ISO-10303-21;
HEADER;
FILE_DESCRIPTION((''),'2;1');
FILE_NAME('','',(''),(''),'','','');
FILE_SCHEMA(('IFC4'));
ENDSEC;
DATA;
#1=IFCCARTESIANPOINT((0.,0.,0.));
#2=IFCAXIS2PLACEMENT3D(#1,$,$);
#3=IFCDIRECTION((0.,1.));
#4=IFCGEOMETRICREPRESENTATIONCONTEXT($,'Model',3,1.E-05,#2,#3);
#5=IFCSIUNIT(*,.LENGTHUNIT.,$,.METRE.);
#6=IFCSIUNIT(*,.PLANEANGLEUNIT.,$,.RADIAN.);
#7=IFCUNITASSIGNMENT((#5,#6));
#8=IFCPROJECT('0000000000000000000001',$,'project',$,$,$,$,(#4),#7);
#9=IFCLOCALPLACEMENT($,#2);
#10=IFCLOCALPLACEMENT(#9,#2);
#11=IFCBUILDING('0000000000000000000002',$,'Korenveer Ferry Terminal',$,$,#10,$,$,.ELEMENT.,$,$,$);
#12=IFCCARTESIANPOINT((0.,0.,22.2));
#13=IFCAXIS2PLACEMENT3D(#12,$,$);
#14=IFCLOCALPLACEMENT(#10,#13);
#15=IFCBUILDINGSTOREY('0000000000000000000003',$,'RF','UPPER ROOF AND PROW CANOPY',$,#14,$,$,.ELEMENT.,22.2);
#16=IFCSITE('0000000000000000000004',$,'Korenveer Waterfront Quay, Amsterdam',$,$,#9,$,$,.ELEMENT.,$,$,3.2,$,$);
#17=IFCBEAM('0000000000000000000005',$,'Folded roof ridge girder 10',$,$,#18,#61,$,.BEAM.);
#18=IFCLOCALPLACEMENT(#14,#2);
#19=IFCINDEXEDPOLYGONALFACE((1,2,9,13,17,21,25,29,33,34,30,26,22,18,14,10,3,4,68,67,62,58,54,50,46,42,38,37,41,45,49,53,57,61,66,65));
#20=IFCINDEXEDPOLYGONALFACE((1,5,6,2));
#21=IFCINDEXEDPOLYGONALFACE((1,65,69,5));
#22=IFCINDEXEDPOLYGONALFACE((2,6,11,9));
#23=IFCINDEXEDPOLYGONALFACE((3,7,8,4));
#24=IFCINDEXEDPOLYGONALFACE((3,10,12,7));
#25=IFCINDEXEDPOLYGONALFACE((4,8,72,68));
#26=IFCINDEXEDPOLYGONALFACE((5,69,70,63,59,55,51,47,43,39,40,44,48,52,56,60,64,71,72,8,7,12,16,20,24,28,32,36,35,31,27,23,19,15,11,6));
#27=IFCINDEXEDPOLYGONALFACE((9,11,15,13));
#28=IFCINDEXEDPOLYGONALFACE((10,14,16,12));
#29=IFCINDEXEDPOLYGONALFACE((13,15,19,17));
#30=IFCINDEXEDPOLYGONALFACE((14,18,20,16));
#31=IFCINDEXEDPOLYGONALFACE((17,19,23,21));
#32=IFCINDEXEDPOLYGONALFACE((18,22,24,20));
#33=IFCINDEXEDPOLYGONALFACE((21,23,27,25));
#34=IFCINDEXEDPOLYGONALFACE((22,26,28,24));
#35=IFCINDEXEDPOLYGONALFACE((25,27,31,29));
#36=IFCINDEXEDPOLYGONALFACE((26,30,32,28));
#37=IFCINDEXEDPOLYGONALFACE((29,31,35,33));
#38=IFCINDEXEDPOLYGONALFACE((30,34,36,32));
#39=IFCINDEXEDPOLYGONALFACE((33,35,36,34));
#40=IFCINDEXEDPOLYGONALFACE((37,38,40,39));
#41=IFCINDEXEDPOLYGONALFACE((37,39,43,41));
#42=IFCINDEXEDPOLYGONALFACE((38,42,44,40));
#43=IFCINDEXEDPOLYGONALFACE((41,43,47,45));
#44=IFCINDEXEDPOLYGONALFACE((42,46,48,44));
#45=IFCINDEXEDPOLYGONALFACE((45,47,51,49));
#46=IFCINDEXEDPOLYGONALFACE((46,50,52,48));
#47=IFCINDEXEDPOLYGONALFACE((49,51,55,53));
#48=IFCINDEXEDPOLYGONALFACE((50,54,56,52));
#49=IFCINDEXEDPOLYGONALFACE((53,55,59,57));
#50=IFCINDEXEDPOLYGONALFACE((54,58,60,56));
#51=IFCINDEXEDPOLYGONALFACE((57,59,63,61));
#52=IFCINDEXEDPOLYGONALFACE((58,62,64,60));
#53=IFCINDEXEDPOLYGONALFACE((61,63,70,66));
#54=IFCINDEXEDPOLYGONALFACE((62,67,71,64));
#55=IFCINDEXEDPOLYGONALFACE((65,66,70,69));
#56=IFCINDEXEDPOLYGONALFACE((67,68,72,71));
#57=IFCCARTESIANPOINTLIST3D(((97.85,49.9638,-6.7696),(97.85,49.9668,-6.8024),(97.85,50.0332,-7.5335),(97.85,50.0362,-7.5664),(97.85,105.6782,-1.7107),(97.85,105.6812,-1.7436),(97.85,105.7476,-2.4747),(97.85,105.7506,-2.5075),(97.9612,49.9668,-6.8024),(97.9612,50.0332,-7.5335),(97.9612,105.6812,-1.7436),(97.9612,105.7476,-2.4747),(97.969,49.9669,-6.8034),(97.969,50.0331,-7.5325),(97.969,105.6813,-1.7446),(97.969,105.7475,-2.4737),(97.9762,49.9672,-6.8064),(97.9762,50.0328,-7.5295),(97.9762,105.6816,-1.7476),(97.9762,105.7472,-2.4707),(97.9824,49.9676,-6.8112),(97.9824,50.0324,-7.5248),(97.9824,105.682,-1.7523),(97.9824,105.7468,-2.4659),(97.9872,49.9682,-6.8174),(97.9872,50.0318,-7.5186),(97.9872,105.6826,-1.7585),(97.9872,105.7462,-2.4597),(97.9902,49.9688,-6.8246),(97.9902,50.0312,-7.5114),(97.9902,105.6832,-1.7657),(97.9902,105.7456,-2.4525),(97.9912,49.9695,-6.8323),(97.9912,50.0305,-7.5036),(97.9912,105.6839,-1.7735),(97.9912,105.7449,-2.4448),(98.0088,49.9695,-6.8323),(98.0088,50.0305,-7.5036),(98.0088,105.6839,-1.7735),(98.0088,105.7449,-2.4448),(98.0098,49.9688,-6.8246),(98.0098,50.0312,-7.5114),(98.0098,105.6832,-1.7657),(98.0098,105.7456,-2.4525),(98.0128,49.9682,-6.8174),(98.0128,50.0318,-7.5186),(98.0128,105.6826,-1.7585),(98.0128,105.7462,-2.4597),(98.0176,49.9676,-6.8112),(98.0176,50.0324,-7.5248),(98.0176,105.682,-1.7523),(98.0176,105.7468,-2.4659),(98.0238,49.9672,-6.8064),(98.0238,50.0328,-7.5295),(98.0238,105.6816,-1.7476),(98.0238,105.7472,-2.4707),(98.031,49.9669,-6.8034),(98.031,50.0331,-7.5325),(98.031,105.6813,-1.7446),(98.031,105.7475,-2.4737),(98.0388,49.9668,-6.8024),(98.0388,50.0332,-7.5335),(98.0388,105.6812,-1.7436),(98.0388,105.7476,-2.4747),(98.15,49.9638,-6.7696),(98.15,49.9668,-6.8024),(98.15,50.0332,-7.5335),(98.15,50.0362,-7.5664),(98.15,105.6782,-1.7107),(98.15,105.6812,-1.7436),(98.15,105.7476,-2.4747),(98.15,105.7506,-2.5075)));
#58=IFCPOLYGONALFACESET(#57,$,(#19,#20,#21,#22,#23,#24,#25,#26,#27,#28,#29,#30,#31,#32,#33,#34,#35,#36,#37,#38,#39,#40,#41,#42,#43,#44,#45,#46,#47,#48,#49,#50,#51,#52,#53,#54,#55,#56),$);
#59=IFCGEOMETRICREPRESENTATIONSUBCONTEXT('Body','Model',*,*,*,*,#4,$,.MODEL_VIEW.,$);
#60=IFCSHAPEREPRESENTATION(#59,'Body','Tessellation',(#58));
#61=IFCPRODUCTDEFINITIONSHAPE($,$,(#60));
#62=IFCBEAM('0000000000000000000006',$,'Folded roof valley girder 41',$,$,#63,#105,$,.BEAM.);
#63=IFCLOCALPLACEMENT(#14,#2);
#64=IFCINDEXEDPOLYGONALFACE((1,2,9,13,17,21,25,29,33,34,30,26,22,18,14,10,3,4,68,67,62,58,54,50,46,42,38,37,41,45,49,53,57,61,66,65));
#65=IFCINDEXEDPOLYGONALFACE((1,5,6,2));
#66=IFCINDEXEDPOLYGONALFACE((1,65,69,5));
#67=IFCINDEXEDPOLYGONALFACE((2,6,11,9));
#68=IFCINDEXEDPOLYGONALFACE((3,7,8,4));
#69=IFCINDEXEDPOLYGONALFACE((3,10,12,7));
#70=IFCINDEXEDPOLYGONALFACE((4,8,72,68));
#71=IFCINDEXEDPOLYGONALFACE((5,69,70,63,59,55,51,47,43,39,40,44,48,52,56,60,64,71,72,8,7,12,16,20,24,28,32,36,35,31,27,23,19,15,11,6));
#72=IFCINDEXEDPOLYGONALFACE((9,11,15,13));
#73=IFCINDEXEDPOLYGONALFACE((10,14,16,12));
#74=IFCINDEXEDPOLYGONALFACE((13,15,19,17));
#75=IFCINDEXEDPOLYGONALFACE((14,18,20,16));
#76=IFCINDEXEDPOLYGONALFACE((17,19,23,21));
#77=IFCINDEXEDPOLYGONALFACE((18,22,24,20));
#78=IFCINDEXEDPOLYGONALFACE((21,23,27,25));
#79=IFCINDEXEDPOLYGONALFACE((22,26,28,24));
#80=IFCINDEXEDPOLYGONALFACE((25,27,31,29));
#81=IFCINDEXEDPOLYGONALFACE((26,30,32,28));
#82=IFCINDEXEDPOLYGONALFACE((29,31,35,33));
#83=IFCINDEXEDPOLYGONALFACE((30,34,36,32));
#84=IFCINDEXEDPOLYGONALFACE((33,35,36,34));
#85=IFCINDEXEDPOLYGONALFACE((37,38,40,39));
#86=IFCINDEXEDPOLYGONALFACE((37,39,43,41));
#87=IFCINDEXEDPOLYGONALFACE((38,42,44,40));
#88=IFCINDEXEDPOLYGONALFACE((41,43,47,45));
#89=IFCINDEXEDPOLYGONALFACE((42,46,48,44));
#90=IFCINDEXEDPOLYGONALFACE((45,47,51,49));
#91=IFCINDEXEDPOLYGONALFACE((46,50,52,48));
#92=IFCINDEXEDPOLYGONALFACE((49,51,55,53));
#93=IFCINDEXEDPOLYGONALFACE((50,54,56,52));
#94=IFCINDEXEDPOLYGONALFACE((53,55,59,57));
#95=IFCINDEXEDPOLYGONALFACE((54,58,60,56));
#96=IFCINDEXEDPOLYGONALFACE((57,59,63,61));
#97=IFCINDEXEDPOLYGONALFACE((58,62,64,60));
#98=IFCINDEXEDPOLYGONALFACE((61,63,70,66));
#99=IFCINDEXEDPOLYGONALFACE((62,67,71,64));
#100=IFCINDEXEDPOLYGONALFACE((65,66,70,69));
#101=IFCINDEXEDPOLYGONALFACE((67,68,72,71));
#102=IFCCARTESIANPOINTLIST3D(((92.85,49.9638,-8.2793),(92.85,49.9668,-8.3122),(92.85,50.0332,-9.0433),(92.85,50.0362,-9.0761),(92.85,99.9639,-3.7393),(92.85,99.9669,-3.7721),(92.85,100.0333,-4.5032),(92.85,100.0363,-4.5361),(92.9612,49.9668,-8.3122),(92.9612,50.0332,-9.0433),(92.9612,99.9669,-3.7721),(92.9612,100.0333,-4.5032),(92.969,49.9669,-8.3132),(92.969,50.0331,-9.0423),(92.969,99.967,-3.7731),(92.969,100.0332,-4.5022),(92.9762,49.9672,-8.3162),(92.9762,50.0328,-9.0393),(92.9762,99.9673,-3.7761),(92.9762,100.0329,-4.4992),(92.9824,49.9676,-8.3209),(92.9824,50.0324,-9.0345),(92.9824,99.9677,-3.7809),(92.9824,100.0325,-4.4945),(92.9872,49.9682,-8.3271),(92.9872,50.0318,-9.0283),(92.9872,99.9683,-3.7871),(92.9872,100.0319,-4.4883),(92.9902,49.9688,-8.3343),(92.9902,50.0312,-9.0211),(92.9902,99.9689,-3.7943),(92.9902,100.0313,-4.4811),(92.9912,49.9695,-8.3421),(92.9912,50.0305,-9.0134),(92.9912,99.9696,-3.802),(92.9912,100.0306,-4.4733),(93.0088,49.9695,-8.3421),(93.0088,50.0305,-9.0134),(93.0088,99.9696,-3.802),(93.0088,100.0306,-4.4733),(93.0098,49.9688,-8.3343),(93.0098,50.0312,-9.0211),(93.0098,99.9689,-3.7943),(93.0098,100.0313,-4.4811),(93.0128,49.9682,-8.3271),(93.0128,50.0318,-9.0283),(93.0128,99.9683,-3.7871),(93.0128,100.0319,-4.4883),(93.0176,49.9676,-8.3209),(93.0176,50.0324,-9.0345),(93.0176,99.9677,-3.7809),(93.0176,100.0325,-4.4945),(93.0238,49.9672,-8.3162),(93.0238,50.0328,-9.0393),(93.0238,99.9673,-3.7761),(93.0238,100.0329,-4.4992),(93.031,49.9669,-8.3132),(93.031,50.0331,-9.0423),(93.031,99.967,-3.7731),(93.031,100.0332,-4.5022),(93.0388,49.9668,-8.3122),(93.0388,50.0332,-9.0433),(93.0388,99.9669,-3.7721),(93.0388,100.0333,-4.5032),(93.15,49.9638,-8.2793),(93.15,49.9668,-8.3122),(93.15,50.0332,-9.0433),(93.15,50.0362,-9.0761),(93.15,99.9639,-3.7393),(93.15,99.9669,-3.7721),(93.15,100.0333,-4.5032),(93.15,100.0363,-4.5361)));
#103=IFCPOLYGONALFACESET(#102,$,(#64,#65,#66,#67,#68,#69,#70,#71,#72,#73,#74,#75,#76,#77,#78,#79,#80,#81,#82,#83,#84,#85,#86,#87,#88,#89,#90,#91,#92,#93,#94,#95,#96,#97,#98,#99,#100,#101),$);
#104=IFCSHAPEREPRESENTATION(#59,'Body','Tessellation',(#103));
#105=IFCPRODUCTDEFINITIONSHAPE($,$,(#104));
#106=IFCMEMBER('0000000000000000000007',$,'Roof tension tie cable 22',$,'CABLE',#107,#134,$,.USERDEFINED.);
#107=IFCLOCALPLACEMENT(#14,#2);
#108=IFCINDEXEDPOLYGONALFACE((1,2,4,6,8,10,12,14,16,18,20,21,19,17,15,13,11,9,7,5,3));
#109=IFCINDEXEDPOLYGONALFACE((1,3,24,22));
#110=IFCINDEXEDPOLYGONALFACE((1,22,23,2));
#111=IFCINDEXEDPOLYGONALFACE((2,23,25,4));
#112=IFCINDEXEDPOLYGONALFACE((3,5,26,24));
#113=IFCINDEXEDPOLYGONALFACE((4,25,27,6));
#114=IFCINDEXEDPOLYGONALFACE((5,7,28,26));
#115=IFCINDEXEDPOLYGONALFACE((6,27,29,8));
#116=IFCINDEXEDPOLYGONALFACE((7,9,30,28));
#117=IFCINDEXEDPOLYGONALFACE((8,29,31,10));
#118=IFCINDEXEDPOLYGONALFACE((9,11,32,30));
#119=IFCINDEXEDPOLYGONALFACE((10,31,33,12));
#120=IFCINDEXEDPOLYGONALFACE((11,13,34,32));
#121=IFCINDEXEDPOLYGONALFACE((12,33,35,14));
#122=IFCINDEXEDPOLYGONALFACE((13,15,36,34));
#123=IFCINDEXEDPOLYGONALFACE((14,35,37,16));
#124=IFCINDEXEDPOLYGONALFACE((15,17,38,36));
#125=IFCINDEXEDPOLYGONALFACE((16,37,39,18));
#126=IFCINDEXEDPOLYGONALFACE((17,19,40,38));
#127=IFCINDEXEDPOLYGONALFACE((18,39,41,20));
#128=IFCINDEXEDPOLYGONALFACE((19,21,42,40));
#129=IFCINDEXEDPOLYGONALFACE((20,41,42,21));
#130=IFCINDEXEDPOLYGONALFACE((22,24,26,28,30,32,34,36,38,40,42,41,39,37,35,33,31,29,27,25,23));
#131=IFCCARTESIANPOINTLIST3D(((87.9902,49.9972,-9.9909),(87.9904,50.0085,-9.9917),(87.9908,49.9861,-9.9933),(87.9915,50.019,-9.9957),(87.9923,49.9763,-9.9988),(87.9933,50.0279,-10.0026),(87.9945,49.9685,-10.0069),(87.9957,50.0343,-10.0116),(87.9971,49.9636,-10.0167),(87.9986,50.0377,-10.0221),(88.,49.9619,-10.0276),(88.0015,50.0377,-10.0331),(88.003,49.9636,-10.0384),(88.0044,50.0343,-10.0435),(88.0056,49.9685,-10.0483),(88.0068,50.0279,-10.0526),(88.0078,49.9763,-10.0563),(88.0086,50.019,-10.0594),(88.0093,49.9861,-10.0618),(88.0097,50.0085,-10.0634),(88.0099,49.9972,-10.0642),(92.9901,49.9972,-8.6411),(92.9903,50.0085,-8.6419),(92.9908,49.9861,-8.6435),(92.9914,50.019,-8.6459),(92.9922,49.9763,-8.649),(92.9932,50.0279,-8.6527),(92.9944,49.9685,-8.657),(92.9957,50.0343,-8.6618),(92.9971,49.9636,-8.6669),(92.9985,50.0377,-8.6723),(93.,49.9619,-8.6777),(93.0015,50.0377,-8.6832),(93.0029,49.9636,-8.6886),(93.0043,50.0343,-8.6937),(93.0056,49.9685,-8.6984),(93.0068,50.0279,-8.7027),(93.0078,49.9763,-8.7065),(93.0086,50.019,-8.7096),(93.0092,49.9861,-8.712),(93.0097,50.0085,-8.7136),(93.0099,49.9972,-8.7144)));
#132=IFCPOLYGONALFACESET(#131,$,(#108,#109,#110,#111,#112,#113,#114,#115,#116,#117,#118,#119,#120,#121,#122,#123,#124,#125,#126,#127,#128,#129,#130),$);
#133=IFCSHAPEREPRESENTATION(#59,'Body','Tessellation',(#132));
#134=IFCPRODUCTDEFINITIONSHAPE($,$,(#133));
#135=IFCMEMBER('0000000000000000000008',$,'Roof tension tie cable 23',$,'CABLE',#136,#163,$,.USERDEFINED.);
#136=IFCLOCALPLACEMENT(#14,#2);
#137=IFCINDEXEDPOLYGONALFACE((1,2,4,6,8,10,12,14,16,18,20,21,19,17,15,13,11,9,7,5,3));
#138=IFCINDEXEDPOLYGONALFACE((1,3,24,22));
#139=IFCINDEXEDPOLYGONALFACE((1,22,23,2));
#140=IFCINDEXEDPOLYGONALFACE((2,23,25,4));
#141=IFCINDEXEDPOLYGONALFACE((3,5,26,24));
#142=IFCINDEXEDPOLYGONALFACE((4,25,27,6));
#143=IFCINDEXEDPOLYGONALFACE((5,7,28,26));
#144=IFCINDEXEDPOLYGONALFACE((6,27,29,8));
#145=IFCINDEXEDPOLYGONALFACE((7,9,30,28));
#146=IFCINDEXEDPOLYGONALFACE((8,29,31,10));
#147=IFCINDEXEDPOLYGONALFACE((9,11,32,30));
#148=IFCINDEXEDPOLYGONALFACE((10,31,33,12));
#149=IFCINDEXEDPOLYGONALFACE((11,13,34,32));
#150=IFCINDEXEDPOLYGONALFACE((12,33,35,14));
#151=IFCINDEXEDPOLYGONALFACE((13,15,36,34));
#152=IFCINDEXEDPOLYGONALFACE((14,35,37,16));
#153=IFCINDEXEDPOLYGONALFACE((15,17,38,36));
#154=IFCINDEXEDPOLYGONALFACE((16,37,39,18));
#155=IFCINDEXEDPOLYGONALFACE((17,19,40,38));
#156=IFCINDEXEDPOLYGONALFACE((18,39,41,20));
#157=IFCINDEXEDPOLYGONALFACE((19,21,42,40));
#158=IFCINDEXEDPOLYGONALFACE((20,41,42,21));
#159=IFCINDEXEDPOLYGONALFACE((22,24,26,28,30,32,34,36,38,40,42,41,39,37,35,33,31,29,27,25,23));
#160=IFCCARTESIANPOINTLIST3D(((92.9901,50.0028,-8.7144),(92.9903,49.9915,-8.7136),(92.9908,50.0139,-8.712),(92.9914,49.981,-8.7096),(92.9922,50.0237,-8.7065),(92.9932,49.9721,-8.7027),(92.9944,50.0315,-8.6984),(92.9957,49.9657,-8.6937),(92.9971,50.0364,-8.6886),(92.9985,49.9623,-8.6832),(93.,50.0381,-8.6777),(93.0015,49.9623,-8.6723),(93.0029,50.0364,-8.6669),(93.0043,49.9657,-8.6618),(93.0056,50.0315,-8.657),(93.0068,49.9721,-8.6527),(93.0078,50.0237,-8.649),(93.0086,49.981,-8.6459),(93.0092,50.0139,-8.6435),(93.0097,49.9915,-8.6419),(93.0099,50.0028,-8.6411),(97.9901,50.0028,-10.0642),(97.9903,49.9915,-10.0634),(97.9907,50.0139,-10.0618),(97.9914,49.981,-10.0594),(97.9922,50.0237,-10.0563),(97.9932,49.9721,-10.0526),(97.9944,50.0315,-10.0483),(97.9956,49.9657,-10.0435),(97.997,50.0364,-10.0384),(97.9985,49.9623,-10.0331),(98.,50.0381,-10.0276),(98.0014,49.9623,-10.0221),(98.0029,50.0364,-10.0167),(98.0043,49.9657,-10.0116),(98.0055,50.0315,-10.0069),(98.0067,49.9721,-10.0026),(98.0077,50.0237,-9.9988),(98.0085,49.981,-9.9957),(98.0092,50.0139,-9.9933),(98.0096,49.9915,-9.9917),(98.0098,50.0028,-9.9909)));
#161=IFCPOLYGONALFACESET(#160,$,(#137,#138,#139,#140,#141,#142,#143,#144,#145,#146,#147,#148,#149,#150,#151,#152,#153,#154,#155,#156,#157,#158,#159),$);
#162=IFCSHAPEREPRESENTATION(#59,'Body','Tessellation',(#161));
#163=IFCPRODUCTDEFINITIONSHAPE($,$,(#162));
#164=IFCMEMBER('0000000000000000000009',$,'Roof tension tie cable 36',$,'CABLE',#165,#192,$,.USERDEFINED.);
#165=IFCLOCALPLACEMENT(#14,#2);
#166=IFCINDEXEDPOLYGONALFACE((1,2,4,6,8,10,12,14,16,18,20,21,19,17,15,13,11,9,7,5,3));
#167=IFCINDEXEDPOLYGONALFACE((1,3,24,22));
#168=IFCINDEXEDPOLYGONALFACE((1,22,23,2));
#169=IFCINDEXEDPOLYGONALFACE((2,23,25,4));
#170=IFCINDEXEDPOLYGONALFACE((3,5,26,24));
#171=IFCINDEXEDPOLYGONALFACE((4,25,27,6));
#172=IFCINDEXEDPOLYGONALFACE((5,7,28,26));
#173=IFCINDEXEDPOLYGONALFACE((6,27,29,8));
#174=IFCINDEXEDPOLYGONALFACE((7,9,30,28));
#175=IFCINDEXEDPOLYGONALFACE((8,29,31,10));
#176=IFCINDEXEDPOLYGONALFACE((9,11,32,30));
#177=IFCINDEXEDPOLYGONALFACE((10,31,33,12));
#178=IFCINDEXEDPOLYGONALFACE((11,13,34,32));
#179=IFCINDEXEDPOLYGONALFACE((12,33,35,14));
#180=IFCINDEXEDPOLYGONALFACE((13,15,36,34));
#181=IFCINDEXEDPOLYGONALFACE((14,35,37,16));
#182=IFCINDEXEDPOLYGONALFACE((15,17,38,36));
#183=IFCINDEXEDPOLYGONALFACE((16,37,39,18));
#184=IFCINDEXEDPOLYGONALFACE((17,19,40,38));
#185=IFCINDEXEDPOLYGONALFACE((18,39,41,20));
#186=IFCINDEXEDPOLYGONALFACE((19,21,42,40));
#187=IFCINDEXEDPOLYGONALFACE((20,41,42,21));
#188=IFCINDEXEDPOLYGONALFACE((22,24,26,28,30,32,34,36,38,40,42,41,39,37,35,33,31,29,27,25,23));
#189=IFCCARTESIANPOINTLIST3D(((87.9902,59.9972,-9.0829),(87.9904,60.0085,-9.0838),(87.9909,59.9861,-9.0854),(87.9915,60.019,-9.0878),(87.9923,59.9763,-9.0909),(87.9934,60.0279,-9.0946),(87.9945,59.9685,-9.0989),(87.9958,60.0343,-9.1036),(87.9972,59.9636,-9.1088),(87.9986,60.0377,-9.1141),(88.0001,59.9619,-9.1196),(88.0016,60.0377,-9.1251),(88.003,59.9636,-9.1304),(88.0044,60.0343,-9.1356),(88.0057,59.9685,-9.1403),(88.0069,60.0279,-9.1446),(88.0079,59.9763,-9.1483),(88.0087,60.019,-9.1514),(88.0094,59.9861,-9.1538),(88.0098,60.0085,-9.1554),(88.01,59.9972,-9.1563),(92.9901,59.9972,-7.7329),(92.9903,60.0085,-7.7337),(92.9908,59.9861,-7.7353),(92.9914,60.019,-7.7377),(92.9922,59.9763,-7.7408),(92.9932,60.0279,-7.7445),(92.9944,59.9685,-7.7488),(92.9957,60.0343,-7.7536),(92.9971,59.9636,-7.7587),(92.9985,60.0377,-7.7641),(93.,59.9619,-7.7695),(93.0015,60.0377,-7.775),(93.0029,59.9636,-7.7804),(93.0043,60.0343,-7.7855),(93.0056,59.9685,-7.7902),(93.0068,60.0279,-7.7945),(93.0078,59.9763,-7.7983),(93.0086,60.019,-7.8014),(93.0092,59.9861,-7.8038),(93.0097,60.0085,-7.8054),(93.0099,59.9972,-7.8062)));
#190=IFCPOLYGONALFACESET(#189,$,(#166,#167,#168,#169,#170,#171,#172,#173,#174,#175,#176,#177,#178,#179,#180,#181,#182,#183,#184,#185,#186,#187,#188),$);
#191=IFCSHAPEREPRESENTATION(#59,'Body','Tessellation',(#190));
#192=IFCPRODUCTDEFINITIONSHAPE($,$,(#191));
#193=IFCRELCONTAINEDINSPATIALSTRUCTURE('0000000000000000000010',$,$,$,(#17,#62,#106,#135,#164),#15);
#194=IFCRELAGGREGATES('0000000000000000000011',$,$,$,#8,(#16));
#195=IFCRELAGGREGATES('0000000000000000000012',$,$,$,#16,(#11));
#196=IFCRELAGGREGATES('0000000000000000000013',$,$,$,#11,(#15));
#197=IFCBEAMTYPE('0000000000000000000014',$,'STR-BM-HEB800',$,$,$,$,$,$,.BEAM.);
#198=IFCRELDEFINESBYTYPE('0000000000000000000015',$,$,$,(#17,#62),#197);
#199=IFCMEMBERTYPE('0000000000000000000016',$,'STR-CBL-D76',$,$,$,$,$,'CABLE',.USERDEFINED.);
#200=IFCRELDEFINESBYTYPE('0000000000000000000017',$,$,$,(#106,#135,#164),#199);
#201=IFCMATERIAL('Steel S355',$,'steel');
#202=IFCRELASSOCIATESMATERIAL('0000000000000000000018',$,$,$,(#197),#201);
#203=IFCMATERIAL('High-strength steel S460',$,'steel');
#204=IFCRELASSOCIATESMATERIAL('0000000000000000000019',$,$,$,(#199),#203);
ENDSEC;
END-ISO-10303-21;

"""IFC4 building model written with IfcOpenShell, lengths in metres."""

from ifc_helpers import new_model, si_unit, direction, frame, origin, origin_2d, place, context, subcontext, project, spatial, circle, i_section, extrude, material, material_profile, profile_set, type_object, element, save


model = new_model("IFC4")

# Units and contexts
model_context = context("Model", 3, precision=1e-05, world=origin(), true_north=direction((0.0, 1.0)))
body_context = subcontext(model_context, "Body", "Model", "MODEL_VIEW")
ifc_project = project(units=[si_unit("LENGTHUNIT", "METRE"), si_unit("PLANEANGLEUNIT", "RADIAN")], contexts=[model_context])

# Site, building, storey
site_placement = place(None, origin())
site = spatial("IfcSite", under=ifc_project, at=site_placement, Name="Korenveer Waterfront Quay, Amsterdam", CompositionType="ELEMENT", RefElevation=3.2)
building_placement = place(site_placement, origin())
building = spatial("IfcBuilding", under=site, at=building_placement, Name="Korenveer Ferry Terminal", CompositionType="ELEMENT")
storey_placement = place(building_placement, frame((0.0, 0.0, 22.2)))
storey = spatial("IfcBuildingStorey", under=building, at=storey_placement, Name="RF", Description="UPPER ROOF AND PROW CANOPY", CompositionType="ELEMENT", Elevation=22.2)

# Beams
ifc_material_1 = material(Name="Steel S355", Category="steel")
ifc_material_profile_1 = material_profile(ifc_material_1, i_section(OverallWidth=0.3, OverallDepth=0.8, WebThickness=0.0176, FlangeThickness=0.033, FilletRadius=0.03, at=origin_2d()), Name="HEB 800")
ifc_profile_set_1 = profile_set([ifc_material_profile_1], Name="Steel S355")
beam_type_1 = type_object("IfcBeamType", Name="STR-BM-HEB800", PredefinedType="BEAM", material=ifc_profile_set_1)
beam_1_placement = place(storey_placement, frame((98.0, 50.0, -7.168), z_axis=(0.0, 0.995903, 0.090428), x_axis=(-1.0, 0.0, 0.0)))
element("IfcBeam", 1, at=beam_1_placement, inside=storey, type_object=beam_type_1, Name="Folded roof ridge girder 10", PredefinedType="BEAM", context=body_context, shape_type="SweptSolid", body=[
    extrude(i_section(OverallWidth=0.3, OverallDepth=0.8, WebThickness=0.0176, FlangeThickness=0.033, FilletRadius=0.03, at=origin_2d()), origin(), (0.0, 0.0, 1.0), 55.9436),
])
beam_2_placement = place(storey_placement, frame((93.0, 50.0, -8.6777), z_axis=(0.0, 0.995903, 0.090429), x_axis=(-1.0, 0.0, 0.0)))
element("IfcBeam", 2, at=beam_2_placement, inside=storey, type_object=beam_type_1, Name="Folded roof valley girder 41", PredefinedType="BEAM", context=body_context, shape_type="SweptSolid", body=[
    extrude(i_section(OverallWidth=0.3, OverallDepth=0.8, WebThickness=0.0176, FlangeThickness=0.033, FilletRadius=0.03, at=origin_2d()), origin(), (0.0, 0.0, 1.0), 50.2058),
])

# Members
ifc_material_2 = material(Name="High-strength steel S460", Category="steel")
ifc_material_profile_2 = material_profile(ifc_material_2, circle(Radius=0.0381, at=origin_2d()), Name="ROD D76")
ifc_profile_set_2 = profile_set([ifc_material_profile_2], Name="High-strength steel S460")
member_type_1 = type_object("IfcMemberType", Name="STR-CBL-D76", ElementType="CABLE", PredefinedType="USERDEFINED", material=ifc_profile_set_2)
for number, where, z_axis, x_axis, name in (
    (3, (93.0, 50.0, -8.6777), (-0.965436, 0.0, -0.260639), (0.0, -1.0, 0.0), "Roof tension tie cable 22"),
    (4, (93.0, 50.0, -8.6777), (0.965436, 0.0, -0.260639), (0.0, 1.0, 0.0), "Roof tension tie cable 23"),
    (5, (93.0, 60.0, -7.7695), (-0.965424, 0.0, -0.260683), (0.0, -1.0, 0.0), "Roof tension tie cable 36"),
):
    element("IfcMember", number, at=place(storey_placement, frame(where, z_axis=z_axis, x_axis=x_axis)), inside=storey, type_object=member_type_1, Name=name, ObjectType="CABLE", PredefinedType="USERDEFINED", context=body_context, shape_type="SweptSolid", body=[
        extrude(circle(Radius=0.0381, at=origin_2d()), origin(), (0.0, 0.0, 1.0), 5.179),
    ])

save(model, "model.ifc")
